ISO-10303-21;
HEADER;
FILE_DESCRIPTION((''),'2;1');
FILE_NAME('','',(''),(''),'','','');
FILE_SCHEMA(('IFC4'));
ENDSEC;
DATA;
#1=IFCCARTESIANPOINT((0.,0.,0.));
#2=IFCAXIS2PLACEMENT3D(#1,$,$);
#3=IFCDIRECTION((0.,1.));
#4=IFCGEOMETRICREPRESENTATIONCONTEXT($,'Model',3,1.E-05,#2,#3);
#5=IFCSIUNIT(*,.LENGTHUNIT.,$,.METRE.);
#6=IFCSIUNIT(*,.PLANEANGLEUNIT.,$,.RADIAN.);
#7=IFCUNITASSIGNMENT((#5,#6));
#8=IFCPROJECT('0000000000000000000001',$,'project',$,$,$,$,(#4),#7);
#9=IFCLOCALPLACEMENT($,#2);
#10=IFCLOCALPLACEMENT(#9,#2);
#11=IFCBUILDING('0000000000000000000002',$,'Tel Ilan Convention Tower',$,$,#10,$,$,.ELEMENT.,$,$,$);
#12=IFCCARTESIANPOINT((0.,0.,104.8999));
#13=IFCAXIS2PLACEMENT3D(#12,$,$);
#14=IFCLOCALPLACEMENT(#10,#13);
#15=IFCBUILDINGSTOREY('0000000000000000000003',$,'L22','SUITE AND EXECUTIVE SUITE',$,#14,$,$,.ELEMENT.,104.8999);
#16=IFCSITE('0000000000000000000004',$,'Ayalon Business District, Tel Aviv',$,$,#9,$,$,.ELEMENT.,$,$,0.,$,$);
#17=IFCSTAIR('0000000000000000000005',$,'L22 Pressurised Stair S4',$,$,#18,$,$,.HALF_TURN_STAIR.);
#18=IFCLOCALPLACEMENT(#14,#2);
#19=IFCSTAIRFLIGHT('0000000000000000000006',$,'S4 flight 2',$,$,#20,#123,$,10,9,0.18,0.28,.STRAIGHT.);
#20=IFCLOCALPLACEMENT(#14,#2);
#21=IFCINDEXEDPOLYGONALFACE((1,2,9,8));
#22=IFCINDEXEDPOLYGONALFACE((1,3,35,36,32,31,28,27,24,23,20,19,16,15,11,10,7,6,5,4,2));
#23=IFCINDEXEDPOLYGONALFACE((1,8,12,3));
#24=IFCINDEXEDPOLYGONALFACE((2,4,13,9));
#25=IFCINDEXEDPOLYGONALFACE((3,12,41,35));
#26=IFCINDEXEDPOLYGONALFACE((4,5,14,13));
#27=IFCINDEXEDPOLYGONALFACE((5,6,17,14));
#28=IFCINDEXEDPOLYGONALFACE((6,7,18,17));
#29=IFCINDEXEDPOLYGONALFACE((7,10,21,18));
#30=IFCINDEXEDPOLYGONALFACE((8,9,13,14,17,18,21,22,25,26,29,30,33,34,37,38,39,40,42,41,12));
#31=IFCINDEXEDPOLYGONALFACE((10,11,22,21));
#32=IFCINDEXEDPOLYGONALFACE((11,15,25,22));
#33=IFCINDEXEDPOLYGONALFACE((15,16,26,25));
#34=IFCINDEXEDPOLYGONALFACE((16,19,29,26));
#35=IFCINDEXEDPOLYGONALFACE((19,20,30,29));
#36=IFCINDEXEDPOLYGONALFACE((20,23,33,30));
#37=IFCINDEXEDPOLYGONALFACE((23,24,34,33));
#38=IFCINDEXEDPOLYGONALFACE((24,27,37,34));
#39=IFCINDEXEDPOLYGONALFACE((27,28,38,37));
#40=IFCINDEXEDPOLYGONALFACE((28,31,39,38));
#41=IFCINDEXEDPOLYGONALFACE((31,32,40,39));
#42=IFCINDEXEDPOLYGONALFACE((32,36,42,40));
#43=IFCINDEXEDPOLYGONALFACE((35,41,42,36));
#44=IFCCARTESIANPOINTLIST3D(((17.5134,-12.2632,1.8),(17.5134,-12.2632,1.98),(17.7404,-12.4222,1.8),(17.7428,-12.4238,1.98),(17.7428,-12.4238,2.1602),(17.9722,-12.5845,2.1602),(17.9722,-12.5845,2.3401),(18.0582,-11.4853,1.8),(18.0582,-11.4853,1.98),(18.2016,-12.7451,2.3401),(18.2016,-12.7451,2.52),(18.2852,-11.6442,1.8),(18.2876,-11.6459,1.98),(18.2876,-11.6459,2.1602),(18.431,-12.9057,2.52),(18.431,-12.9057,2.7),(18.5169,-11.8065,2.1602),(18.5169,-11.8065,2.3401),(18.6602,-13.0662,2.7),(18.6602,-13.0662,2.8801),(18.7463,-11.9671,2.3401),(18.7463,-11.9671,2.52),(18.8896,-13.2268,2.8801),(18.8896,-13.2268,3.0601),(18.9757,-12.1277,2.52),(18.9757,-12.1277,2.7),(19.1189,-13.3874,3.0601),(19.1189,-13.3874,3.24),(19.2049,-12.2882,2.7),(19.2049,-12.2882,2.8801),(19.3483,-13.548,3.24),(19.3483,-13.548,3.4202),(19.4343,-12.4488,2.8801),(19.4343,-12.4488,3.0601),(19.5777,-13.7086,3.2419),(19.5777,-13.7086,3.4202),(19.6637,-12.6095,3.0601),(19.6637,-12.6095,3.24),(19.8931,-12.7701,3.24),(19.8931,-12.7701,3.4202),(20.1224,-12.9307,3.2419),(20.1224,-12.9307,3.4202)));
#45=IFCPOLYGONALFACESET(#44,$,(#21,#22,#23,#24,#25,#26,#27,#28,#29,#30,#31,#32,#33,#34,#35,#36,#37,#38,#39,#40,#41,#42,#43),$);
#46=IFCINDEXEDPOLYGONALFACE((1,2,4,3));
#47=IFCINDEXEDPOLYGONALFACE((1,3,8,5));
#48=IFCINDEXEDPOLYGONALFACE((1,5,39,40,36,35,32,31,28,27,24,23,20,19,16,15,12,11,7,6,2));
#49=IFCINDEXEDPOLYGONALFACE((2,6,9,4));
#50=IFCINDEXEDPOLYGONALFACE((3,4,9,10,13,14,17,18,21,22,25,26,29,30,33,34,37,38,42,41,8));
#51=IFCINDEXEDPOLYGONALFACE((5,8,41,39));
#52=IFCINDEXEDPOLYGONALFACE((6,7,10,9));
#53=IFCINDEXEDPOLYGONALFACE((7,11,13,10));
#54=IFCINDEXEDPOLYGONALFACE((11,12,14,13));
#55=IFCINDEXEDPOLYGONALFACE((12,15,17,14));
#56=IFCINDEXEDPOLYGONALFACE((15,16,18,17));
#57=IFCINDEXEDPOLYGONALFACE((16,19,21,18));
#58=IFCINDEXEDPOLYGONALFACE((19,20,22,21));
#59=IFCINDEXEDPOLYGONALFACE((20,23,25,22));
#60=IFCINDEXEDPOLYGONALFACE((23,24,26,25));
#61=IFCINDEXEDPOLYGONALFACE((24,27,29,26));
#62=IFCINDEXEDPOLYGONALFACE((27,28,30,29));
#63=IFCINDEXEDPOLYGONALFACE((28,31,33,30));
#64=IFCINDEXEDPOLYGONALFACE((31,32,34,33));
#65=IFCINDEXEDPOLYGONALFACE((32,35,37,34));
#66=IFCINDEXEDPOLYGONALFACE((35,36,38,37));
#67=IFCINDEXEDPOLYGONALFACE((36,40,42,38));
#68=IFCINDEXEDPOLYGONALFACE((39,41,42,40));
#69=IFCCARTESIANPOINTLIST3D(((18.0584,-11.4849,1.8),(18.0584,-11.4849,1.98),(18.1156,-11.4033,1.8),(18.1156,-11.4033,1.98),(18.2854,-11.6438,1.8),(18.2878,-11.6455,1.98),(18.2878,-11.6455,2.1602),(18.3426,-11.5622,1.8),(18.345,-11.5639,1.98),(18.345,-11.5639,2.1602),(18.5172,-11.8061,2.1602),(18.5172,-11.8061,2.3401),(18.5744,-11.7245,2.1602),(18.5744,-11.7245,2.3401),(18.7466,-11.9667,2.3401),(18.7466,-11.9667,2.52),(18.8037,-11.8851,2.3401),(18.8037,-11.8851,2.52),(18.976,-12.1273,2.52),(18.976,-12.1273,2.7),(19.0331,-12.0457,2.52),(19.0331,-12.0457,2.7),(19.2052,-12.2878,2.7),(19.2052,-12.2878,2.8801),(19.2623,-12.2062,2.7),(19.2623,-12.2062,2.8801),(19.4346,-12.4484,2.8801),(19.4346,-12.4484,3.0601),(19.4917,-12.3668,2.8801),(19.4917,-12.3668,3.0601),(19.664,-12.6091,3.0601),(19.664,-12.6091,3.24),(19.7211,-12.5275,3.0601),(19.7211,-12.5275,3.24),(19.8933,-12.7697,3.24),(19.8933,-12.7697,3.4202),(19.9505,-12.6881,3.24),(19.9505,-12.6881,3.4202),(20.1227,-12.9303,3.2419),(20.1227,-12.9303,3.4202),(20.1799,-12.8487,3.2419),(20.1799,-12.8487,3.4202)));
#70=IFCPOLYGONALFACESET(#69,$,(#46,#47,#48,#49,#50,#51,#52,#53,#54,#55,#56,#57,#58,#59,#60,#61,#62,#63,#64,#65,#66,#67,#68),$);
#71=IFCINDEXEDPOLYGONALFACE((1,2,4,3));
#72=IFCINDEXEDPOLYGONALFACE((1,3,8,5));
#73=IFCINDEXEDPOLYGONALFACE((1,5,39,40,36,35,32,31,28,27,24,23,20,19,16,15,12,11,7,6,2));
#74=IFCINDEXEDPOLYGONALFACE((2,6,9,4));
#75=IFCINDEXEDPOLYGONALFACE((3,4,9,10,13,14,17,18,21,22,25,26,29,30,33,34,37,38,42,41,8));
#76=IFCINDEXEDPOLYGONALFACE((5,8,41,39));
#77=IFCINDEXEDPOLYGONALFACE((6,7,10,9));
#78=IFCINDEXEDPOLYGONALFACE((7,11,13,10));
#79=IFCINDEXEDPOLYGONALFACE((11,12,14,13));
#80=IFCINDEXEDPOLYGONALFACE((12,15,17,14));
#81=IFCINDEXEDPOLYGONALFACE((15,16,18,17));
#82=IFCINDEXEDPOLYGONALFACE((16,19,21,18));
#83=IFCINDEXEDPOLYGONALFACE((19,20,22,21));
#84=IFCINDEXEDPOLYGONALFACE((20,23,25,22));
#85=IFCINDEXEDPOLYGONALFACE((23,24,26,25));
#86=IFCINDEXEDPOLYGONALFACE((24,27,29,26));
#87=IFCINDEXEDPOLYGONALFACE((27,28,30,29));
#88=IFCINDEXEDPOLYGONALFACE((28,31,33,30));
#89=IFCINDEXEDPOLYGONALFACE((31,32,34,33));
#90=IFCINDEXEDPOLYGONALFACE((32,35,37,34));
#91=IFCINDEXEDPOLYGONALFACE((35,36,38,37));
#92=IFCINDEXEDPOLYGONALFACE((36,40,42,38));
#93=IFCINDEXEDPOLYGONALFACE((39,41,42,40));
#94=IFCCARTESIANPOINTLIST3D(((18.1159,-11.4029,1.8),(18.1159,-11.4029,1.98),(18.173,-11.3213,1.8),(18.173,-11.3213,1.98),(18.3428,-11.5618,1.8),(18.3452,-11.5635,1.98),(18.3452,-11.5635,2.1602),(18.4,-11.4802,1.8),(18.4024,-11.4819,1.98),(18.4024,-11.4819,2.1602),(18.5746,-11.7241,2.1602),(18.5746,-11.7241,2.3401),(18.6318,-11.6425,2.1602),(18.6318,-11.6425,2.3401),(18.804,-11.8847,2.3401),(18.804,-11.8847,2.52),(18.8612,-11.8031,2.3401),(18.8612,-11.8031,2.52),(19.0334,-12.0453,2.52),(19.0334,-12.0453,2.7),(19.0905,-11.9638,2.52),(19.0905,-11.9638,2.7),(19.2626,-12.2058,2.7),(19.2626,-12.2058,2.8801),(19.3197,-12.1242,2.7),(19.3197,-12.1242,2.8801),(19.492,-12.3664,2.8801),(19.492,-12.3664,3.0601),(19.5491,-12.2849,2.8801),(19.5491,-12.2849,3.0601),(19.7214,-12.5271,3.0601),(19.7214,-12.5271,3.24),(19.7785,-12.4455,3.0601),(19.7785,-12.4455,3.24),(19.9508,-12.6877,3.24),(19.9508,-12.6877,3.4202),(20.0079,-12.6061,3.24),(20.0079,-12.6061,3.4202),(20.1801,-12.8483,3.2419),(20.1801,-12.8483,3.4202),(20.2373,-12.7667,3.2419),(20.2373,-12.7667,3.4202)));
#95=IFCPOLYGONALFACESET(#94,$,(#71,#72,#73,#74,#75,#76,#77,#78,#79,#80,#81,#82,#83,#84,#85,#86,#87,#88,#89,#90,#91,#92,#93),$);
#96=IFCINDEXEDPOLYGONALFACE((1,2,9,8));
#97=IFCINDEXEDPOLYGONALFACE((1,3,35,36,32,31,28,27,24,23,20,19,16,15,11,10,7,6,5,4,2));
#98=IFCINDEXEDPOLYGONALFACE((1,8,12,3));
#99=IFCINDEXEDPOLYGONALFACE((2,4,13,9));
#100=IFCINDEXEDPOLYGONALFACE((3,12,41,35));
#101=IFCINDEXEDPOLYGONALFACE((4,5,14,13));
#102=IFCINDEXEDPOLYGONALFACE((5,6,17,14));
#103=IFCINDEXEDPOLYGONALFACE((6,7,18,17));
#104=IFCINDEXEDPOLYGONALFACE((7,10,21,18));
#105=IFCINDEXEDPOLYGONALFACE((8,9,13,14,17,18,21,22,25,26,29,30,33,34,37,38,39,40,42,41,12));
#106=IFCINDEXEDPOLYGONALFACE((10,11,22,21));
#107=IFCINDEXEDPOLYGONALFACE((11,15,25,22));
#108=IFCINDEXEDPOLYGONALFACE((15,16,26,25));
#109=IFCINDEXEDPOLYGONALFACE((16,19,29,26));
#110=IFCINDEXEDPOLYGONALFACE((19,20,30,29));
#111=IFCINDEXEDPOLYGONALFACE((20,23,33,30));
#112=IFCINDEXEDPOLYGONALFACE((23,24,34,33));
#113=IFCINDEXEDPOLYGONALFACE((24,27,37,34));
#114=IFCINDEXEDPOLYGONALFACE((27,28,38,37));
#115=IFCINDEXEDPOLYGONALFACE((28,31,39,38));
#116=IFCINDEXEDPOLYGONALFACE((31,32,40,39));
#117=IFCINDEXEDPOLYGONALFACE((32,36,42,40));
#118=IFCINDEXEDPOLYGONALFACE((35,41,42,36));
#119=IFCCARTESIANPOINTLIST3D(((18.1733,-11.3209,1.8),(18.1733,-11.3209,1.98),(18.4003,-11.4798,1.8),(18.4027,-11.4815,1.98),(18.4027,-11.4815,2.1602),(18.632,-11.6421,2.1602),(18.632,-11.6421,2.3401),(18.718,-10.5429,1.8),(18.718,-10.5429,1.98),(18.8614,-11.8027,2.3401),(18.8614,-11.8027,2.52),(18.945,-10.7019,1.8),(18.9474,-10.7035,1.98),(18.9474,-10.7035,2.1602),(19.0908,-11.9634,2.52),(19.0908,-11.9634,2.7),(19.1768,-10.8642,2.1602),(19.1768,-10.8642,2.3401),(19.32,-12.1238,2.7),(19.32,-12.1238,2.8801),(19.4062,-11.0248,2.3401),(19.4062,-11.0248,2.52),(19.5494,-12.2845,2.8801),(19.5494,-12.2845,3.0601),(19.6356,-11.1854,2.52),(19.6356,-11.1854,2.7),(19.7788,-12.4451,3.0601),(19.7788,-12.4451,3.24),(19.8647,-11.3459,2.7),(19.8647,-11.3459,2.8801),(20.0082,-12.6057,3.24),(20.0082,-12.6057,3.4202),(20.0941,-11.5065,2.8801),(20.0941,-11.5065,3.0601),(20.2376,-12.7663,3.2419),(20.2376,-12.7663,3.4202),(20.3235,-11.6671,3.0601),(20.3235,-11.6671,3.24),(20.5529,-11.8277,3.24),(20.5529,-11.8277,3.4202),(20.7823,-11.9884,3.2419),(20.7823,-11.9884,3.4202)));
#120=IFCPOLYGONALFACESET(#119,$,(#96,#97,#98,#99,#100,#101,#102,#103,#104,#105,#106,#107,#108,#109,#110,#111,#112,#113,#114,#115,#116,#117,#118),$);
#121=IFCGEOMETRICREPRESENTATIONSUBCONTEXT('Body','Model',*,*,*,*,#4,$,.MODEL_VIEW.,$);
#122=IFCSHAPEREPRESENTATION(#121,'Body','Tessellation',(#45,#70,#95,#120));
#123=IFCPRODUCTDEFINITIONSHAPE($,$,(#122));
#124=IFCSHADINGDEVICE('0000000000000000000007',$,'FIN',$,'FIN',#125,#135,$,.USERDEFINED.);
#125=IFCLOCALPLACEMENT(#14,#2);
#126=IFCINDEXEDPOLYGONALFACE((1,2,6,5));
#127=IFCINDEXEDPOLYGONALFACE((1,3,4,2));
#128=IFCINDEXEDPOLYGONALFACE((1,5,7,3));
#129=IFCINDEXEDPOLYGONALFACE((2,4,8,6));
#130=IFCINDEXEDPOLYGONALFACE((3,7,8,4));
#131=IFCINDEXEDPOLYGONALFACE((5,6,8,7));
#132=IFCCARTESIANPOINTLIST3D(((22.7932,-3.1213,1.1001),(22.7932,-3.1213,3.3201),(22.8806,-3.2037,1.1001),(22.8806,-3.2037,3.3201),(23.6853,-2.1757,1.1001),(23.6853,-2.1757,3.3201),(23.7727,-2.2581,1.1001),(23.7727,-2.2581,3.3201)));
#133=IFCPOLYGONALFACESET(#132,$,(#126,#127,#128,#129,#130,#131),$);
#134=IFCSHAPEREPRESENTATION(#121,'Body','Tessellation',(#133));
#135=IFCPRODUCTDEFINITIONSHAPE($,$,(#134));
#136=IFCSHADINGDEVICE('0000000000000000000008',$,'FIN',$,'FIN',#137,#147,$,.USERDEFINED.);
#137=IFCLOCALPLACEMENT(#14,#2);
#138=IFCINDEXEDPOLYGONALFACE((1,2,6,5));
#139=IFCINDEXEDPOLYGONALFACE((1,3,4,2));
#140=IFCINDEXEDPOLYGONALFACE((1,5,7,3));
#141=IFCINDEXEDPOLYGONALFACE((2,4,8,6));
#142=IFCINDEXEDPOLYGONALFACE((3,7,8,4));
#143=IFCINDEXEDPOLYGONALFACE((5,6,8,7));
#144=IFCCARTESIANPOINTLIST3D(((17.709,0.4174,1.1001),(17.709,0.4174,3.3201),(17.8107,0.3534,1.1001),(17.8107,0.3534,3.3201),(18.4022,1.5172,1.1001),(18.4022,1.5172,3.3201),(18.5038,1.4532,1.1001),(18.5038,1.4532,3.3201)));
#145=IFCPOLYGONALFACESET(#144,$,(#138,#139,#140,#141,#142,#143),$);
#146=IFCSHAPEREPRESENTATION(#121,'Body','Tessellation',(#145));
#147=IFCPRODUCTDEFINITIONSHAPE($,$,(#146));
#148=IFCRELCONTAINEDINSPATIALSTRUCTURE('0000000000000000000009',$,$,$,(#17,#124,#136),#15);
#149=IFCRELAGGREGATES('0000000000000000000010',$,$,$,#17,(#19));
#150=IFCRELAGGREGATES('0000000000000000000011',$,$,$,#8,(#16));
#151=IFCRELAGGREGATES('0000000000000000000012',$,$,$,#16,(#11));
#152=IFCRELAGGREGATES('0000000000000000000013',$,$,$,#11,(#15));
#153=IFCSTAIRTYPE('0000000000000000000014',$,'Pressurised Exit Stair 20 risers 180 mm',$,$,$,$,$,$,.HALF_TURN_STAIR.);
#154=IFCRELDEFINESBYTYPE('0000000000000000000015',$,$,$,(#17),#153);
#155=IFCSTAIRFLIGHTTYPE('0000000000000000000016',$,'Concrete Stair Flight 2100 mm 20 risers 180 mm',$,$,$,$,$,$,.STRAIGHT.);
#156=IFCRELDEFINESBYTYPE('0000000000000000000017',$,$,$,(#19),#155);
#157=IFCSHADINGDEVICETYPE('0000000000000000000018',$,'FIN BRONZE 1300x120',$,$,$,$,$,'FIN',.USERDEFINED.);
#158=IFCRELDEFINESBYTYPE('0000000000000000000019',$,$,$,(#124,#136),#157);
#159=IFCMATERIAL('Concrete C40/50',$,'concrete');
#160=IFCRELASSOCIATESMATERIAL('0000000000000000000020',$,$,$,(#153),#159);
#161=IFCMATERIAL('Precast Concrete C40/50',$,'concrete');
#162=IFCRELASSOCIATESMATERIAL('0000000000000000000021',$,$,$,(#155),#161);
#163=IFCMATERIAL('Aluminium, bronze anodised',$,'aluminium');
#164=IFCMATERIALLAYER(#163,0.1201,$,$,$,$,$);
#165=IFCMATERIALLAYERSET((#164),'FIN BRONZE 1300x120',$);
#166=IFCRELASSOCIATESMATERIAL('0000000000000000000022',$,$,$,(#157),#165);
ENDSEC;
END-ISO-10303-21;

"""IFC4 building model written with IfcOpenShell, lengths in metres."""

from ifc_helpers import new_model, si_unit, direction, frame, origin, origin_2d, place, context, subcontext, project, spatial, polyline, rectangle, outline, extrude, material, layer, layer_set, type_object, element, aggregate, save


model = new_model("IFC4")

# Units and contexts
model_context = context("Model", 3, precision=1e-05, world=origin(), true_north=direction((0.0, 1.0)))
body_context = subcontext(model_context, "Body", "Model", "MODEL_VIEW")
ifc_project = project(units=[si_unit("LENGTHUNIT", "METRE"), si_unit("PLANEANGLEUNIT", "RADIAN")], contexts=[model_context])

# Site, building, storey
site_placement = place(None, origin())
site = spatial("IfcSite", under=ifc_project, at=site_placement, Name="Ayalon Business District, Tel Aviv", CompositionType="ELEMENT", RefElevation=0.0)
building_placement = place(site_placement, origin())
building = spatial("IfcBuilding", under=site, at=building_placement, Name="Tel Ilan Convention Tower", CompositionType="ELEMENT")
storey_placement = place(building_placement, frame((0.0, 0.0, 104.8999)))
storey = spatial("IfcBuildingStorey", under=building, at=storey_placement, Name="L22", Description="SUITE AND EXECUTIVE SUITE", CompositionType="ELEMENT", Elevation=104.8999)

# Shared definitions
ifc_material_1 = material(Name="Concrete C40/50", Category="concrete")
stair_type = type_object("IfcStairType", Name="Pressurised Exit Stair 20 risers 180 mm", PredefinedType="HALF_TURN_STAIR", material=ifc_material_1)
ifc_material_2 = material(Name="Precast Concrete C40/50", Category="concrete")
stair_flight_type = type_object("IfcStairFlightType", Name="Concrete Stair Flight 2100 mm 20 risers 180 mm", PredefinedType="STRAIGHT", material=ifc_material_2)

# Stair, stair flight
stair_1_placement = place(storey_placement, origin())
stair_1 = element("IfcStair", 1, at=stair_1_placement, inside=storey, type_object=stair_type, Name="L22 Pressurised Stair S4", PredefinedType="HALF_TURN_STAIR")
stair_flight_1_placement = place(storey_placement, frame((18.1157, -11.4031, 1.8), z_axis=(0.0, 0.0, 1.0), x_axis=(0.819152, -0.573576, 0.0)))
stair_flight_1 = element("IfcStairFlight", 2, at=stair_flight_1_placement, type_object=stair_flight_type, Name="S4 flight 2", NumberOfRisers=10, NumberOfTreads=9, PredefinedType="STRAIGHT", RiserHeight=0.18, TreadLength=0.28, context=body_context, shape_type="SweptSolid", body=[
    extrude(outline(polyline([(0.0, 0.0), (0.0, 0.1799), (0.28, 0.1799), (0.28, 0.3601), (0.5601, 0.3601), (0.5601, 0.54), (0.8401, 0.54), (0.8401, 0.72), (1.1201, 0.72), (1.1201, 0.8999), (1.3999, 0.8999), (1.3999, 1.0801), (1.6799, 1.0801), (1.6799, 1.26), (1.96, 1.26), (1.96, 1.4399), (2.24, 1.4399), (2.24, 1.6201), (2.52, 1.6201), (2.52, 1.8), (2.52, 1.4419), (0.2771, 0.0), (0.0, 0.0)])), frame((0.0, -0.1003, 0.0), z_axis=(0.0, -1.0, 0.0), x_axis=(1.0, 0.0, 0.0)), (0.0, 0.0, 1.0), 0.9497),
    extrude(outline(polyline([(0.0, 0.0), (0.0, 0.1799), (0.28, 0.1799), (0.28, 0.3601), (0.5601, 0.3601), (0.5601, 0.54), (0.8401, 0.54), (0.8401, 0.72), (1.1201, 0.72), (1.1201, 0.8999), (1.3999, 0.8999), (1.3999, 1.0801), (1.6799, 1.0801), (1.6799, 1.26), (1.96, 1.26), (1.96, 1.4399), (2.24, 1.4399), (2.24, 1.6201), (2.52, 1.6201), (2.52, 1.8), (2.52, 1.4419), (0.2771, 0.0), (0.0, 0.0)])), frame((0.0, -0.0002, 0.0), z_axis=(0.0, -1.0, 0.0), x_axis=(1.0, 0.0, 0.0)), (0.0, 0.0, 1.0), 0.0996),
    extrude(outline(polyline([(0.0, 0.0), (0.0, 0.1799), (0.28, 0.1799), (0.28, 0.3601), (0.5601, 0.3601), (0.5601, 0.54), (0.8401, 0.54), (0.8401, 0.72), (1.1201, 0.72), (1.1201, 0.8999), (1.3999, 0.8999), (1.3999, 1.0801), (1.6799, 1.0801), (1.6799, 1.26), (1.96, 1.26), (1.96, 1.4399), (2.24, 1.4399), (2.24, 1.6201), (2.52, 1.6201), (2.52, 1.8), (2.52, 1.4419), (0.2771, 0.0), (0.0, 0.0)])), frame((0.0, 0.0999, 0.0), z_axis=(0.0, -1.0, 0.0), x_axis=(1.0, 0.0, 0.0)), (0.0, 0.0, 1.0), 0.0996),
    extrude(outline(polyline([(0.0, 0.0), (0.0, 0.1799), (0.28, 0.1799), (0.28, 0.3601), (0.5601, 0.3601), (0.5601, 0.54), (0.8401, 0.54), (0.8401, 0.72), (1.1201, 0.72), (1.1201, 0.8999), (1.3999, 0.8999), (1.3999, 1.0801), (1.6799, 1.0801), (1.6799, 1.26), (1.96, 1.26), (1.96, 1.4399), (2.24, 1.4399), (2.24, 1.6201), (2.52, 1.6201), (2.52, 1.8), (2.52, 1.4419), (0.2771, 0.0), (0.0, 0.0)])), frame((0.0, 1.05, 0.0), z_axis=(0.0, -1.0, 0.0), x_axis=(1.0, 0.0, 0.0)), (0.0, 0.0, 1.0), 0.9497),
])
aggregate(stair_1, [stair_flight_1])

# Shading devices
ifc_material_3 = material(Name="Aluminium, bronze anodised", Category="aluminium")
ifc_layer_1 = layer(ifc_material_3, 0.1201)
ifc_layer_set_1 = layer_set([ifc_layer_1], Name="FIN BRONZE 1300x120")
shading_device_type = type_object("IfcShadingDeviceType", Name="FIN BRONZE 1300x120", ElementType="FIN", PredefinedType="USERDEFINED", material=ifc_layer_set_1)
for number, where, z_axis, x_axis, name in (
    (3, (23.283, -2.6897, 1.1001), (0.0, 0.0, 1.0), (0.686242, 0.727374, 0.0), "FIN"),
    (4, (18.1064, 0.9353, 1.1001), (0.0, 0.0, 1.0), (0.533204, 0.845986, 0.0), "FIN"),
):
    element("IfcShadingDevice", number, at=place(storey_placement, frame(where, z_axis=z_axis, x_axis=x_axis)), inside=storey, type_object=shading_device_type, Name=name, ObjectType="FIN", PredefinedType="USERDEFINED", context=body_context, shape_type="SweptSolid", body=[
        extrude(rectangle(XDim=1.3, YDim=0.1201, at=origin_2d()), origin(), (0.0, 0.0, 1.0), 2.22),
    ])

save(model, "model.ifc")
